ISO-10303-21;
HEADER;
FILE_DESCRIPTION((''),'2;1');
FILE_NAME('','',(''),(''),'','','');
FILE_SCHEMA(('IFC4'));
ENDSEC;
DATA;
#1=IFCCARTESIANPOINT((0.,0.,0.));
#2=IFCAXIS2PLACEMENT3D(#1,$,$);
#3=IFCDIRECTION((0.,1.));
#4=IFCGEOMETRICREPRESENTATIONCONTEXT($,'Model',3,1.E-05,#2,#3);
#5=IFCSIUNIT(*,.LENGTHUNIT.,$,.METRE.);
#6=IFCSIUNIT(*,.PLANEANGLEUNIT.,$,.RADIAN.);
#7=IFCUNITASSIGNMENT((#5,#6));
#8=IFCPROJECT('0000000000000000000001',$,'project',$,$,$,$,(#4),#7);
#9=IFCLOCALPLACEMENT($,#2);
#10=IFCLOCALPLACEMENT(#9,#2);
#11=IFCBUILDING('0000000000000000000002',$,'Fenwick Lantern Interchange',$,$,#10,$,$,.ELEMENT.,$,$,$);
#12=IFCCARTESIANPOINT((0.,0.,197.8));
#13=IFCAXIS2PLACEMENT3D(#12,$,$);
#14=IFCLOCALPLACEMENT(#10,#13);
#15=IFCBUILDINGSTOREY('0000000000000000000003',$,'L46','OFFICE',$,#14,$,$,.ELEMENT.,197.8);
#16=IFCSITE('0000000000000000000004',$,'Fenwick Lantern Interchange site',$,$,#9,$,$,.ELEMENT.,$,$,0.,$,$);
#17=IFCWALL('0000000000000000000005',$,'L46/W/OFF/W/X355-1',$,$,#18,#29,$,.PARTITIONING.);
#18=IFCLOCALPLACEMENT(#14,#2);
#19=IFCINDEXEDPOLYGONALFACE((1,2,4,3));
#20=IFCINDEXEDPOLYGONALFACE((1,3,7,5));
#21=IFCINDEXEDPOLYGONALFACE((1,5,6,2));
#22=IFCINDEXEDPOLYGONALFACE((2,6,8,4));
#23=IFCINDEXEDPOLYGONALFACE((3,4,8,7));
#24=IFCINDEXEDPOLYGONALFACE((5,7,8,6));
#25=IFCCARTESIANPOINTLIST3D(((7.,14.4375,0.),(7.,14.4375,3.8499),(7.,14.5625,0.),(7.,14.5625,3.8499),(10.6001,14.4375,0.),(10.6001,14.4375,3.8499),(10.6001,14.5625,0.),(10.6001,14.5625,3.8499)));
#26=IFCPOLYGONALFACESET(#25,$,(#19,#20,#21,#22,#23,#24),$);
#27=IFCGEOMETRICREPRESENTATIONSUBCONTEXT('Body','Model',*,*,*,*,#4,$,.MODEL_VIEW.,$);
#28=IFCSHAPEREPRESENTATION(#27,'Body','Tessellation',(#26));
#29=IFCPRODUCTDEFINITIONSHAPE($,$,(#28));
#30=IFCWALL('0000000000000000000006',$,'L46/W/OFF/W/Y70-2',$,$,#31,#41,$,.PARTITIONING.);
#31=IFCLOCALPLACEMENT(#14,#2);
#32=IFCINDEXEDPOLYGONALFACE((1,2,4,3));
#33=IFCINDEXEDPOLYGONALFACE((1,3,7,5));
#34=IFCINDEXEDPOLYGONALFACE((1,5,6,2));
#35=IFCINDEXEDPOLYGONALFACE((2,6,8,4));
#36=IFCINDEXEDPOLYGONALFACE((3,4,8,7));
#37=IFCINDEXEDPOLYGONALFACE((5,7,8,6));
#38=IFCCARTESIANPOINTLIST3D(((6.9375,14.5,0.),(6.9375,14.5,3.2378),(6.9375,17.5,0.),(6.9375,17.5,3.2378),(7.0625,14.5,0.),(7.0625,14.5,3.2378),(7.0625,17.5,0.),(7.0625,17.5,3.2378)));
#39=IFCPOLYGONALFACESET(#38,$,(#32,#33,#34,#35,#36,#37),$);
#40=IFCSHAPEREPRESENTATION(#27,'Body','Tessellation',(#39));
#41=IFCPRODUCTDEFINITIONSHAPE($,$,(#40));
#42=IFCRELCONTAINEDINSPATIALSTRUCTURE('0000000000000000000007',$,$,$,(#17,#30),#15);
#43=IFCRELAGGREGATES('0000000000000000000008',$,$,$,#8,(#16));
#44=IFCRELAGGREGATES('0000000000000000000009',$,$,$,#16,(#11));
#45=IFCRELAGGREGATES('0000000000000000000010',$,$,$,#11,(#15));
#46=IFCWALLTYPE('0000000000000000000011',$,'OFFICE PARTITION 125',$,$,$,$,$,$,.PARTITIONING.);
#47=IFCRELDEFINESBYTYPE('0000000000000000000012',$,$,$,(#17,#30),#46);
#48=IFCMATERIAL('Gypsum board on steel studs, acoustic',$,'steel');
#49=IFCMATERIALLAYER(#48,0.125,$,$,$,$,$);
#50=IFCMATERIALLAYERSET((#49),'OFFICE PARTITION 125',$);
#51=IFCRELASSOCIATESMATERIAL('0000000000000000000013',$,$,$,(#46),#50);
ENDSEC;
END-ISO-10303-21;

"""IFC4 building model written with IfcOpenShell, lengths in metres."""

from ifc_helpers import new_model, si_unit, direction, frame, frame_2d, origin, place, context, subcontext, project, spatial, rectangle, extrude, material, layer, layer_set, type_object, element, save


model = new_model("IFC4")

# Units and contexts
model_context = context("Model", 3, precision=1e-05, world=origin(), true_north=direction((0.0, 1.0)))
body_context = subcontext(model_context, "Body", "Model", "MODEL_VIEW")
ifc_project = project(units=[si_unit("LENGTHUNIT", "METRE"), si_unit("PLANEANGLEUNIT", "RADIAN")], contexts=[model_context])

# Site, building, storey
site_placement = place(None, origin())
site = spatial("IfcSite", under=ifc_project, at=site_placement, Name="Fenwick Lantern Interchange site", CompositionType="ELEMENT", RefElevation=0.0)
building_placement = place(site_placement, origin())
building = spatial("IfcBuilding", under=site, at=building_placement, Name="Fenwick Lantern Interchange", CompositionType="ELEMENT")
storey_placement = place(building_placement, frame((0.0, 0.0, 197.8)))
storey = spatial("IfcBuildingStorey", under=building, at=storey_placement, Name="L46", Description="OFFICE", CompositionType="ELEMENT", Elevation=197.8)

# Walls
ifc_material_1 = material(Name="Gypsum board on steel studs, acoustic", Category="steel")
ifc_layer_1 = layer(ifc_material_1, 0.125)
ifc_layer_set_1 = layer_set([ifc_layer_1], Name="OFFICE PARTITION 125")
wall_type_1 = type_object("IfcWallType", Name="OFFICE PARTITION 125", PredefinedType="PARTITIONING", material=ifc_layer_set_1)
wall_1_placement = place(storey_placement, frame((7.0, 14.5, 0.0), z_axis=(0.0, 0.0, 1.0), x_axis=(1.0, 0.0, 0.0)))
element("IfcWall", 1, at=wall_1_placement, inside=storey, type_object=wall_type_1, Name="L46/W/OFF/W/X355-1", PredefinedType="PARTITIONING", context=body_context, shape_type="SweptSolid", body=[
    extrude(rectangle(XDim=3.6001, YDim=0.125, at=frame_2d((1.8, 0.0))), origin(), (0.0, 0.0, 1.0), 3.8499),
])
wall_2_placement = place(storey_placement, frame((7.0, 17.5, 0.0), z_axis=(0.0, 0.0, 1.0), x_axis=(0.0, -1.0, 0.0)))
element("IfcWall", 2, at=wall_2_placement, inside=storey, type_object=wall_type_1, Name="L46/W/OFF/W/Y70-2", PredefinedType="PARTITIONING", context=body_context, shape_type="SweptSolid", body=[
    extrude(rectangle(XDim=3.0, YDim=0.125, at=frame_2d((1.5, 0.0))), origin(), (0.0, 0.0, 1.0), 3.2378),
])

save(model, "model.ifc")
